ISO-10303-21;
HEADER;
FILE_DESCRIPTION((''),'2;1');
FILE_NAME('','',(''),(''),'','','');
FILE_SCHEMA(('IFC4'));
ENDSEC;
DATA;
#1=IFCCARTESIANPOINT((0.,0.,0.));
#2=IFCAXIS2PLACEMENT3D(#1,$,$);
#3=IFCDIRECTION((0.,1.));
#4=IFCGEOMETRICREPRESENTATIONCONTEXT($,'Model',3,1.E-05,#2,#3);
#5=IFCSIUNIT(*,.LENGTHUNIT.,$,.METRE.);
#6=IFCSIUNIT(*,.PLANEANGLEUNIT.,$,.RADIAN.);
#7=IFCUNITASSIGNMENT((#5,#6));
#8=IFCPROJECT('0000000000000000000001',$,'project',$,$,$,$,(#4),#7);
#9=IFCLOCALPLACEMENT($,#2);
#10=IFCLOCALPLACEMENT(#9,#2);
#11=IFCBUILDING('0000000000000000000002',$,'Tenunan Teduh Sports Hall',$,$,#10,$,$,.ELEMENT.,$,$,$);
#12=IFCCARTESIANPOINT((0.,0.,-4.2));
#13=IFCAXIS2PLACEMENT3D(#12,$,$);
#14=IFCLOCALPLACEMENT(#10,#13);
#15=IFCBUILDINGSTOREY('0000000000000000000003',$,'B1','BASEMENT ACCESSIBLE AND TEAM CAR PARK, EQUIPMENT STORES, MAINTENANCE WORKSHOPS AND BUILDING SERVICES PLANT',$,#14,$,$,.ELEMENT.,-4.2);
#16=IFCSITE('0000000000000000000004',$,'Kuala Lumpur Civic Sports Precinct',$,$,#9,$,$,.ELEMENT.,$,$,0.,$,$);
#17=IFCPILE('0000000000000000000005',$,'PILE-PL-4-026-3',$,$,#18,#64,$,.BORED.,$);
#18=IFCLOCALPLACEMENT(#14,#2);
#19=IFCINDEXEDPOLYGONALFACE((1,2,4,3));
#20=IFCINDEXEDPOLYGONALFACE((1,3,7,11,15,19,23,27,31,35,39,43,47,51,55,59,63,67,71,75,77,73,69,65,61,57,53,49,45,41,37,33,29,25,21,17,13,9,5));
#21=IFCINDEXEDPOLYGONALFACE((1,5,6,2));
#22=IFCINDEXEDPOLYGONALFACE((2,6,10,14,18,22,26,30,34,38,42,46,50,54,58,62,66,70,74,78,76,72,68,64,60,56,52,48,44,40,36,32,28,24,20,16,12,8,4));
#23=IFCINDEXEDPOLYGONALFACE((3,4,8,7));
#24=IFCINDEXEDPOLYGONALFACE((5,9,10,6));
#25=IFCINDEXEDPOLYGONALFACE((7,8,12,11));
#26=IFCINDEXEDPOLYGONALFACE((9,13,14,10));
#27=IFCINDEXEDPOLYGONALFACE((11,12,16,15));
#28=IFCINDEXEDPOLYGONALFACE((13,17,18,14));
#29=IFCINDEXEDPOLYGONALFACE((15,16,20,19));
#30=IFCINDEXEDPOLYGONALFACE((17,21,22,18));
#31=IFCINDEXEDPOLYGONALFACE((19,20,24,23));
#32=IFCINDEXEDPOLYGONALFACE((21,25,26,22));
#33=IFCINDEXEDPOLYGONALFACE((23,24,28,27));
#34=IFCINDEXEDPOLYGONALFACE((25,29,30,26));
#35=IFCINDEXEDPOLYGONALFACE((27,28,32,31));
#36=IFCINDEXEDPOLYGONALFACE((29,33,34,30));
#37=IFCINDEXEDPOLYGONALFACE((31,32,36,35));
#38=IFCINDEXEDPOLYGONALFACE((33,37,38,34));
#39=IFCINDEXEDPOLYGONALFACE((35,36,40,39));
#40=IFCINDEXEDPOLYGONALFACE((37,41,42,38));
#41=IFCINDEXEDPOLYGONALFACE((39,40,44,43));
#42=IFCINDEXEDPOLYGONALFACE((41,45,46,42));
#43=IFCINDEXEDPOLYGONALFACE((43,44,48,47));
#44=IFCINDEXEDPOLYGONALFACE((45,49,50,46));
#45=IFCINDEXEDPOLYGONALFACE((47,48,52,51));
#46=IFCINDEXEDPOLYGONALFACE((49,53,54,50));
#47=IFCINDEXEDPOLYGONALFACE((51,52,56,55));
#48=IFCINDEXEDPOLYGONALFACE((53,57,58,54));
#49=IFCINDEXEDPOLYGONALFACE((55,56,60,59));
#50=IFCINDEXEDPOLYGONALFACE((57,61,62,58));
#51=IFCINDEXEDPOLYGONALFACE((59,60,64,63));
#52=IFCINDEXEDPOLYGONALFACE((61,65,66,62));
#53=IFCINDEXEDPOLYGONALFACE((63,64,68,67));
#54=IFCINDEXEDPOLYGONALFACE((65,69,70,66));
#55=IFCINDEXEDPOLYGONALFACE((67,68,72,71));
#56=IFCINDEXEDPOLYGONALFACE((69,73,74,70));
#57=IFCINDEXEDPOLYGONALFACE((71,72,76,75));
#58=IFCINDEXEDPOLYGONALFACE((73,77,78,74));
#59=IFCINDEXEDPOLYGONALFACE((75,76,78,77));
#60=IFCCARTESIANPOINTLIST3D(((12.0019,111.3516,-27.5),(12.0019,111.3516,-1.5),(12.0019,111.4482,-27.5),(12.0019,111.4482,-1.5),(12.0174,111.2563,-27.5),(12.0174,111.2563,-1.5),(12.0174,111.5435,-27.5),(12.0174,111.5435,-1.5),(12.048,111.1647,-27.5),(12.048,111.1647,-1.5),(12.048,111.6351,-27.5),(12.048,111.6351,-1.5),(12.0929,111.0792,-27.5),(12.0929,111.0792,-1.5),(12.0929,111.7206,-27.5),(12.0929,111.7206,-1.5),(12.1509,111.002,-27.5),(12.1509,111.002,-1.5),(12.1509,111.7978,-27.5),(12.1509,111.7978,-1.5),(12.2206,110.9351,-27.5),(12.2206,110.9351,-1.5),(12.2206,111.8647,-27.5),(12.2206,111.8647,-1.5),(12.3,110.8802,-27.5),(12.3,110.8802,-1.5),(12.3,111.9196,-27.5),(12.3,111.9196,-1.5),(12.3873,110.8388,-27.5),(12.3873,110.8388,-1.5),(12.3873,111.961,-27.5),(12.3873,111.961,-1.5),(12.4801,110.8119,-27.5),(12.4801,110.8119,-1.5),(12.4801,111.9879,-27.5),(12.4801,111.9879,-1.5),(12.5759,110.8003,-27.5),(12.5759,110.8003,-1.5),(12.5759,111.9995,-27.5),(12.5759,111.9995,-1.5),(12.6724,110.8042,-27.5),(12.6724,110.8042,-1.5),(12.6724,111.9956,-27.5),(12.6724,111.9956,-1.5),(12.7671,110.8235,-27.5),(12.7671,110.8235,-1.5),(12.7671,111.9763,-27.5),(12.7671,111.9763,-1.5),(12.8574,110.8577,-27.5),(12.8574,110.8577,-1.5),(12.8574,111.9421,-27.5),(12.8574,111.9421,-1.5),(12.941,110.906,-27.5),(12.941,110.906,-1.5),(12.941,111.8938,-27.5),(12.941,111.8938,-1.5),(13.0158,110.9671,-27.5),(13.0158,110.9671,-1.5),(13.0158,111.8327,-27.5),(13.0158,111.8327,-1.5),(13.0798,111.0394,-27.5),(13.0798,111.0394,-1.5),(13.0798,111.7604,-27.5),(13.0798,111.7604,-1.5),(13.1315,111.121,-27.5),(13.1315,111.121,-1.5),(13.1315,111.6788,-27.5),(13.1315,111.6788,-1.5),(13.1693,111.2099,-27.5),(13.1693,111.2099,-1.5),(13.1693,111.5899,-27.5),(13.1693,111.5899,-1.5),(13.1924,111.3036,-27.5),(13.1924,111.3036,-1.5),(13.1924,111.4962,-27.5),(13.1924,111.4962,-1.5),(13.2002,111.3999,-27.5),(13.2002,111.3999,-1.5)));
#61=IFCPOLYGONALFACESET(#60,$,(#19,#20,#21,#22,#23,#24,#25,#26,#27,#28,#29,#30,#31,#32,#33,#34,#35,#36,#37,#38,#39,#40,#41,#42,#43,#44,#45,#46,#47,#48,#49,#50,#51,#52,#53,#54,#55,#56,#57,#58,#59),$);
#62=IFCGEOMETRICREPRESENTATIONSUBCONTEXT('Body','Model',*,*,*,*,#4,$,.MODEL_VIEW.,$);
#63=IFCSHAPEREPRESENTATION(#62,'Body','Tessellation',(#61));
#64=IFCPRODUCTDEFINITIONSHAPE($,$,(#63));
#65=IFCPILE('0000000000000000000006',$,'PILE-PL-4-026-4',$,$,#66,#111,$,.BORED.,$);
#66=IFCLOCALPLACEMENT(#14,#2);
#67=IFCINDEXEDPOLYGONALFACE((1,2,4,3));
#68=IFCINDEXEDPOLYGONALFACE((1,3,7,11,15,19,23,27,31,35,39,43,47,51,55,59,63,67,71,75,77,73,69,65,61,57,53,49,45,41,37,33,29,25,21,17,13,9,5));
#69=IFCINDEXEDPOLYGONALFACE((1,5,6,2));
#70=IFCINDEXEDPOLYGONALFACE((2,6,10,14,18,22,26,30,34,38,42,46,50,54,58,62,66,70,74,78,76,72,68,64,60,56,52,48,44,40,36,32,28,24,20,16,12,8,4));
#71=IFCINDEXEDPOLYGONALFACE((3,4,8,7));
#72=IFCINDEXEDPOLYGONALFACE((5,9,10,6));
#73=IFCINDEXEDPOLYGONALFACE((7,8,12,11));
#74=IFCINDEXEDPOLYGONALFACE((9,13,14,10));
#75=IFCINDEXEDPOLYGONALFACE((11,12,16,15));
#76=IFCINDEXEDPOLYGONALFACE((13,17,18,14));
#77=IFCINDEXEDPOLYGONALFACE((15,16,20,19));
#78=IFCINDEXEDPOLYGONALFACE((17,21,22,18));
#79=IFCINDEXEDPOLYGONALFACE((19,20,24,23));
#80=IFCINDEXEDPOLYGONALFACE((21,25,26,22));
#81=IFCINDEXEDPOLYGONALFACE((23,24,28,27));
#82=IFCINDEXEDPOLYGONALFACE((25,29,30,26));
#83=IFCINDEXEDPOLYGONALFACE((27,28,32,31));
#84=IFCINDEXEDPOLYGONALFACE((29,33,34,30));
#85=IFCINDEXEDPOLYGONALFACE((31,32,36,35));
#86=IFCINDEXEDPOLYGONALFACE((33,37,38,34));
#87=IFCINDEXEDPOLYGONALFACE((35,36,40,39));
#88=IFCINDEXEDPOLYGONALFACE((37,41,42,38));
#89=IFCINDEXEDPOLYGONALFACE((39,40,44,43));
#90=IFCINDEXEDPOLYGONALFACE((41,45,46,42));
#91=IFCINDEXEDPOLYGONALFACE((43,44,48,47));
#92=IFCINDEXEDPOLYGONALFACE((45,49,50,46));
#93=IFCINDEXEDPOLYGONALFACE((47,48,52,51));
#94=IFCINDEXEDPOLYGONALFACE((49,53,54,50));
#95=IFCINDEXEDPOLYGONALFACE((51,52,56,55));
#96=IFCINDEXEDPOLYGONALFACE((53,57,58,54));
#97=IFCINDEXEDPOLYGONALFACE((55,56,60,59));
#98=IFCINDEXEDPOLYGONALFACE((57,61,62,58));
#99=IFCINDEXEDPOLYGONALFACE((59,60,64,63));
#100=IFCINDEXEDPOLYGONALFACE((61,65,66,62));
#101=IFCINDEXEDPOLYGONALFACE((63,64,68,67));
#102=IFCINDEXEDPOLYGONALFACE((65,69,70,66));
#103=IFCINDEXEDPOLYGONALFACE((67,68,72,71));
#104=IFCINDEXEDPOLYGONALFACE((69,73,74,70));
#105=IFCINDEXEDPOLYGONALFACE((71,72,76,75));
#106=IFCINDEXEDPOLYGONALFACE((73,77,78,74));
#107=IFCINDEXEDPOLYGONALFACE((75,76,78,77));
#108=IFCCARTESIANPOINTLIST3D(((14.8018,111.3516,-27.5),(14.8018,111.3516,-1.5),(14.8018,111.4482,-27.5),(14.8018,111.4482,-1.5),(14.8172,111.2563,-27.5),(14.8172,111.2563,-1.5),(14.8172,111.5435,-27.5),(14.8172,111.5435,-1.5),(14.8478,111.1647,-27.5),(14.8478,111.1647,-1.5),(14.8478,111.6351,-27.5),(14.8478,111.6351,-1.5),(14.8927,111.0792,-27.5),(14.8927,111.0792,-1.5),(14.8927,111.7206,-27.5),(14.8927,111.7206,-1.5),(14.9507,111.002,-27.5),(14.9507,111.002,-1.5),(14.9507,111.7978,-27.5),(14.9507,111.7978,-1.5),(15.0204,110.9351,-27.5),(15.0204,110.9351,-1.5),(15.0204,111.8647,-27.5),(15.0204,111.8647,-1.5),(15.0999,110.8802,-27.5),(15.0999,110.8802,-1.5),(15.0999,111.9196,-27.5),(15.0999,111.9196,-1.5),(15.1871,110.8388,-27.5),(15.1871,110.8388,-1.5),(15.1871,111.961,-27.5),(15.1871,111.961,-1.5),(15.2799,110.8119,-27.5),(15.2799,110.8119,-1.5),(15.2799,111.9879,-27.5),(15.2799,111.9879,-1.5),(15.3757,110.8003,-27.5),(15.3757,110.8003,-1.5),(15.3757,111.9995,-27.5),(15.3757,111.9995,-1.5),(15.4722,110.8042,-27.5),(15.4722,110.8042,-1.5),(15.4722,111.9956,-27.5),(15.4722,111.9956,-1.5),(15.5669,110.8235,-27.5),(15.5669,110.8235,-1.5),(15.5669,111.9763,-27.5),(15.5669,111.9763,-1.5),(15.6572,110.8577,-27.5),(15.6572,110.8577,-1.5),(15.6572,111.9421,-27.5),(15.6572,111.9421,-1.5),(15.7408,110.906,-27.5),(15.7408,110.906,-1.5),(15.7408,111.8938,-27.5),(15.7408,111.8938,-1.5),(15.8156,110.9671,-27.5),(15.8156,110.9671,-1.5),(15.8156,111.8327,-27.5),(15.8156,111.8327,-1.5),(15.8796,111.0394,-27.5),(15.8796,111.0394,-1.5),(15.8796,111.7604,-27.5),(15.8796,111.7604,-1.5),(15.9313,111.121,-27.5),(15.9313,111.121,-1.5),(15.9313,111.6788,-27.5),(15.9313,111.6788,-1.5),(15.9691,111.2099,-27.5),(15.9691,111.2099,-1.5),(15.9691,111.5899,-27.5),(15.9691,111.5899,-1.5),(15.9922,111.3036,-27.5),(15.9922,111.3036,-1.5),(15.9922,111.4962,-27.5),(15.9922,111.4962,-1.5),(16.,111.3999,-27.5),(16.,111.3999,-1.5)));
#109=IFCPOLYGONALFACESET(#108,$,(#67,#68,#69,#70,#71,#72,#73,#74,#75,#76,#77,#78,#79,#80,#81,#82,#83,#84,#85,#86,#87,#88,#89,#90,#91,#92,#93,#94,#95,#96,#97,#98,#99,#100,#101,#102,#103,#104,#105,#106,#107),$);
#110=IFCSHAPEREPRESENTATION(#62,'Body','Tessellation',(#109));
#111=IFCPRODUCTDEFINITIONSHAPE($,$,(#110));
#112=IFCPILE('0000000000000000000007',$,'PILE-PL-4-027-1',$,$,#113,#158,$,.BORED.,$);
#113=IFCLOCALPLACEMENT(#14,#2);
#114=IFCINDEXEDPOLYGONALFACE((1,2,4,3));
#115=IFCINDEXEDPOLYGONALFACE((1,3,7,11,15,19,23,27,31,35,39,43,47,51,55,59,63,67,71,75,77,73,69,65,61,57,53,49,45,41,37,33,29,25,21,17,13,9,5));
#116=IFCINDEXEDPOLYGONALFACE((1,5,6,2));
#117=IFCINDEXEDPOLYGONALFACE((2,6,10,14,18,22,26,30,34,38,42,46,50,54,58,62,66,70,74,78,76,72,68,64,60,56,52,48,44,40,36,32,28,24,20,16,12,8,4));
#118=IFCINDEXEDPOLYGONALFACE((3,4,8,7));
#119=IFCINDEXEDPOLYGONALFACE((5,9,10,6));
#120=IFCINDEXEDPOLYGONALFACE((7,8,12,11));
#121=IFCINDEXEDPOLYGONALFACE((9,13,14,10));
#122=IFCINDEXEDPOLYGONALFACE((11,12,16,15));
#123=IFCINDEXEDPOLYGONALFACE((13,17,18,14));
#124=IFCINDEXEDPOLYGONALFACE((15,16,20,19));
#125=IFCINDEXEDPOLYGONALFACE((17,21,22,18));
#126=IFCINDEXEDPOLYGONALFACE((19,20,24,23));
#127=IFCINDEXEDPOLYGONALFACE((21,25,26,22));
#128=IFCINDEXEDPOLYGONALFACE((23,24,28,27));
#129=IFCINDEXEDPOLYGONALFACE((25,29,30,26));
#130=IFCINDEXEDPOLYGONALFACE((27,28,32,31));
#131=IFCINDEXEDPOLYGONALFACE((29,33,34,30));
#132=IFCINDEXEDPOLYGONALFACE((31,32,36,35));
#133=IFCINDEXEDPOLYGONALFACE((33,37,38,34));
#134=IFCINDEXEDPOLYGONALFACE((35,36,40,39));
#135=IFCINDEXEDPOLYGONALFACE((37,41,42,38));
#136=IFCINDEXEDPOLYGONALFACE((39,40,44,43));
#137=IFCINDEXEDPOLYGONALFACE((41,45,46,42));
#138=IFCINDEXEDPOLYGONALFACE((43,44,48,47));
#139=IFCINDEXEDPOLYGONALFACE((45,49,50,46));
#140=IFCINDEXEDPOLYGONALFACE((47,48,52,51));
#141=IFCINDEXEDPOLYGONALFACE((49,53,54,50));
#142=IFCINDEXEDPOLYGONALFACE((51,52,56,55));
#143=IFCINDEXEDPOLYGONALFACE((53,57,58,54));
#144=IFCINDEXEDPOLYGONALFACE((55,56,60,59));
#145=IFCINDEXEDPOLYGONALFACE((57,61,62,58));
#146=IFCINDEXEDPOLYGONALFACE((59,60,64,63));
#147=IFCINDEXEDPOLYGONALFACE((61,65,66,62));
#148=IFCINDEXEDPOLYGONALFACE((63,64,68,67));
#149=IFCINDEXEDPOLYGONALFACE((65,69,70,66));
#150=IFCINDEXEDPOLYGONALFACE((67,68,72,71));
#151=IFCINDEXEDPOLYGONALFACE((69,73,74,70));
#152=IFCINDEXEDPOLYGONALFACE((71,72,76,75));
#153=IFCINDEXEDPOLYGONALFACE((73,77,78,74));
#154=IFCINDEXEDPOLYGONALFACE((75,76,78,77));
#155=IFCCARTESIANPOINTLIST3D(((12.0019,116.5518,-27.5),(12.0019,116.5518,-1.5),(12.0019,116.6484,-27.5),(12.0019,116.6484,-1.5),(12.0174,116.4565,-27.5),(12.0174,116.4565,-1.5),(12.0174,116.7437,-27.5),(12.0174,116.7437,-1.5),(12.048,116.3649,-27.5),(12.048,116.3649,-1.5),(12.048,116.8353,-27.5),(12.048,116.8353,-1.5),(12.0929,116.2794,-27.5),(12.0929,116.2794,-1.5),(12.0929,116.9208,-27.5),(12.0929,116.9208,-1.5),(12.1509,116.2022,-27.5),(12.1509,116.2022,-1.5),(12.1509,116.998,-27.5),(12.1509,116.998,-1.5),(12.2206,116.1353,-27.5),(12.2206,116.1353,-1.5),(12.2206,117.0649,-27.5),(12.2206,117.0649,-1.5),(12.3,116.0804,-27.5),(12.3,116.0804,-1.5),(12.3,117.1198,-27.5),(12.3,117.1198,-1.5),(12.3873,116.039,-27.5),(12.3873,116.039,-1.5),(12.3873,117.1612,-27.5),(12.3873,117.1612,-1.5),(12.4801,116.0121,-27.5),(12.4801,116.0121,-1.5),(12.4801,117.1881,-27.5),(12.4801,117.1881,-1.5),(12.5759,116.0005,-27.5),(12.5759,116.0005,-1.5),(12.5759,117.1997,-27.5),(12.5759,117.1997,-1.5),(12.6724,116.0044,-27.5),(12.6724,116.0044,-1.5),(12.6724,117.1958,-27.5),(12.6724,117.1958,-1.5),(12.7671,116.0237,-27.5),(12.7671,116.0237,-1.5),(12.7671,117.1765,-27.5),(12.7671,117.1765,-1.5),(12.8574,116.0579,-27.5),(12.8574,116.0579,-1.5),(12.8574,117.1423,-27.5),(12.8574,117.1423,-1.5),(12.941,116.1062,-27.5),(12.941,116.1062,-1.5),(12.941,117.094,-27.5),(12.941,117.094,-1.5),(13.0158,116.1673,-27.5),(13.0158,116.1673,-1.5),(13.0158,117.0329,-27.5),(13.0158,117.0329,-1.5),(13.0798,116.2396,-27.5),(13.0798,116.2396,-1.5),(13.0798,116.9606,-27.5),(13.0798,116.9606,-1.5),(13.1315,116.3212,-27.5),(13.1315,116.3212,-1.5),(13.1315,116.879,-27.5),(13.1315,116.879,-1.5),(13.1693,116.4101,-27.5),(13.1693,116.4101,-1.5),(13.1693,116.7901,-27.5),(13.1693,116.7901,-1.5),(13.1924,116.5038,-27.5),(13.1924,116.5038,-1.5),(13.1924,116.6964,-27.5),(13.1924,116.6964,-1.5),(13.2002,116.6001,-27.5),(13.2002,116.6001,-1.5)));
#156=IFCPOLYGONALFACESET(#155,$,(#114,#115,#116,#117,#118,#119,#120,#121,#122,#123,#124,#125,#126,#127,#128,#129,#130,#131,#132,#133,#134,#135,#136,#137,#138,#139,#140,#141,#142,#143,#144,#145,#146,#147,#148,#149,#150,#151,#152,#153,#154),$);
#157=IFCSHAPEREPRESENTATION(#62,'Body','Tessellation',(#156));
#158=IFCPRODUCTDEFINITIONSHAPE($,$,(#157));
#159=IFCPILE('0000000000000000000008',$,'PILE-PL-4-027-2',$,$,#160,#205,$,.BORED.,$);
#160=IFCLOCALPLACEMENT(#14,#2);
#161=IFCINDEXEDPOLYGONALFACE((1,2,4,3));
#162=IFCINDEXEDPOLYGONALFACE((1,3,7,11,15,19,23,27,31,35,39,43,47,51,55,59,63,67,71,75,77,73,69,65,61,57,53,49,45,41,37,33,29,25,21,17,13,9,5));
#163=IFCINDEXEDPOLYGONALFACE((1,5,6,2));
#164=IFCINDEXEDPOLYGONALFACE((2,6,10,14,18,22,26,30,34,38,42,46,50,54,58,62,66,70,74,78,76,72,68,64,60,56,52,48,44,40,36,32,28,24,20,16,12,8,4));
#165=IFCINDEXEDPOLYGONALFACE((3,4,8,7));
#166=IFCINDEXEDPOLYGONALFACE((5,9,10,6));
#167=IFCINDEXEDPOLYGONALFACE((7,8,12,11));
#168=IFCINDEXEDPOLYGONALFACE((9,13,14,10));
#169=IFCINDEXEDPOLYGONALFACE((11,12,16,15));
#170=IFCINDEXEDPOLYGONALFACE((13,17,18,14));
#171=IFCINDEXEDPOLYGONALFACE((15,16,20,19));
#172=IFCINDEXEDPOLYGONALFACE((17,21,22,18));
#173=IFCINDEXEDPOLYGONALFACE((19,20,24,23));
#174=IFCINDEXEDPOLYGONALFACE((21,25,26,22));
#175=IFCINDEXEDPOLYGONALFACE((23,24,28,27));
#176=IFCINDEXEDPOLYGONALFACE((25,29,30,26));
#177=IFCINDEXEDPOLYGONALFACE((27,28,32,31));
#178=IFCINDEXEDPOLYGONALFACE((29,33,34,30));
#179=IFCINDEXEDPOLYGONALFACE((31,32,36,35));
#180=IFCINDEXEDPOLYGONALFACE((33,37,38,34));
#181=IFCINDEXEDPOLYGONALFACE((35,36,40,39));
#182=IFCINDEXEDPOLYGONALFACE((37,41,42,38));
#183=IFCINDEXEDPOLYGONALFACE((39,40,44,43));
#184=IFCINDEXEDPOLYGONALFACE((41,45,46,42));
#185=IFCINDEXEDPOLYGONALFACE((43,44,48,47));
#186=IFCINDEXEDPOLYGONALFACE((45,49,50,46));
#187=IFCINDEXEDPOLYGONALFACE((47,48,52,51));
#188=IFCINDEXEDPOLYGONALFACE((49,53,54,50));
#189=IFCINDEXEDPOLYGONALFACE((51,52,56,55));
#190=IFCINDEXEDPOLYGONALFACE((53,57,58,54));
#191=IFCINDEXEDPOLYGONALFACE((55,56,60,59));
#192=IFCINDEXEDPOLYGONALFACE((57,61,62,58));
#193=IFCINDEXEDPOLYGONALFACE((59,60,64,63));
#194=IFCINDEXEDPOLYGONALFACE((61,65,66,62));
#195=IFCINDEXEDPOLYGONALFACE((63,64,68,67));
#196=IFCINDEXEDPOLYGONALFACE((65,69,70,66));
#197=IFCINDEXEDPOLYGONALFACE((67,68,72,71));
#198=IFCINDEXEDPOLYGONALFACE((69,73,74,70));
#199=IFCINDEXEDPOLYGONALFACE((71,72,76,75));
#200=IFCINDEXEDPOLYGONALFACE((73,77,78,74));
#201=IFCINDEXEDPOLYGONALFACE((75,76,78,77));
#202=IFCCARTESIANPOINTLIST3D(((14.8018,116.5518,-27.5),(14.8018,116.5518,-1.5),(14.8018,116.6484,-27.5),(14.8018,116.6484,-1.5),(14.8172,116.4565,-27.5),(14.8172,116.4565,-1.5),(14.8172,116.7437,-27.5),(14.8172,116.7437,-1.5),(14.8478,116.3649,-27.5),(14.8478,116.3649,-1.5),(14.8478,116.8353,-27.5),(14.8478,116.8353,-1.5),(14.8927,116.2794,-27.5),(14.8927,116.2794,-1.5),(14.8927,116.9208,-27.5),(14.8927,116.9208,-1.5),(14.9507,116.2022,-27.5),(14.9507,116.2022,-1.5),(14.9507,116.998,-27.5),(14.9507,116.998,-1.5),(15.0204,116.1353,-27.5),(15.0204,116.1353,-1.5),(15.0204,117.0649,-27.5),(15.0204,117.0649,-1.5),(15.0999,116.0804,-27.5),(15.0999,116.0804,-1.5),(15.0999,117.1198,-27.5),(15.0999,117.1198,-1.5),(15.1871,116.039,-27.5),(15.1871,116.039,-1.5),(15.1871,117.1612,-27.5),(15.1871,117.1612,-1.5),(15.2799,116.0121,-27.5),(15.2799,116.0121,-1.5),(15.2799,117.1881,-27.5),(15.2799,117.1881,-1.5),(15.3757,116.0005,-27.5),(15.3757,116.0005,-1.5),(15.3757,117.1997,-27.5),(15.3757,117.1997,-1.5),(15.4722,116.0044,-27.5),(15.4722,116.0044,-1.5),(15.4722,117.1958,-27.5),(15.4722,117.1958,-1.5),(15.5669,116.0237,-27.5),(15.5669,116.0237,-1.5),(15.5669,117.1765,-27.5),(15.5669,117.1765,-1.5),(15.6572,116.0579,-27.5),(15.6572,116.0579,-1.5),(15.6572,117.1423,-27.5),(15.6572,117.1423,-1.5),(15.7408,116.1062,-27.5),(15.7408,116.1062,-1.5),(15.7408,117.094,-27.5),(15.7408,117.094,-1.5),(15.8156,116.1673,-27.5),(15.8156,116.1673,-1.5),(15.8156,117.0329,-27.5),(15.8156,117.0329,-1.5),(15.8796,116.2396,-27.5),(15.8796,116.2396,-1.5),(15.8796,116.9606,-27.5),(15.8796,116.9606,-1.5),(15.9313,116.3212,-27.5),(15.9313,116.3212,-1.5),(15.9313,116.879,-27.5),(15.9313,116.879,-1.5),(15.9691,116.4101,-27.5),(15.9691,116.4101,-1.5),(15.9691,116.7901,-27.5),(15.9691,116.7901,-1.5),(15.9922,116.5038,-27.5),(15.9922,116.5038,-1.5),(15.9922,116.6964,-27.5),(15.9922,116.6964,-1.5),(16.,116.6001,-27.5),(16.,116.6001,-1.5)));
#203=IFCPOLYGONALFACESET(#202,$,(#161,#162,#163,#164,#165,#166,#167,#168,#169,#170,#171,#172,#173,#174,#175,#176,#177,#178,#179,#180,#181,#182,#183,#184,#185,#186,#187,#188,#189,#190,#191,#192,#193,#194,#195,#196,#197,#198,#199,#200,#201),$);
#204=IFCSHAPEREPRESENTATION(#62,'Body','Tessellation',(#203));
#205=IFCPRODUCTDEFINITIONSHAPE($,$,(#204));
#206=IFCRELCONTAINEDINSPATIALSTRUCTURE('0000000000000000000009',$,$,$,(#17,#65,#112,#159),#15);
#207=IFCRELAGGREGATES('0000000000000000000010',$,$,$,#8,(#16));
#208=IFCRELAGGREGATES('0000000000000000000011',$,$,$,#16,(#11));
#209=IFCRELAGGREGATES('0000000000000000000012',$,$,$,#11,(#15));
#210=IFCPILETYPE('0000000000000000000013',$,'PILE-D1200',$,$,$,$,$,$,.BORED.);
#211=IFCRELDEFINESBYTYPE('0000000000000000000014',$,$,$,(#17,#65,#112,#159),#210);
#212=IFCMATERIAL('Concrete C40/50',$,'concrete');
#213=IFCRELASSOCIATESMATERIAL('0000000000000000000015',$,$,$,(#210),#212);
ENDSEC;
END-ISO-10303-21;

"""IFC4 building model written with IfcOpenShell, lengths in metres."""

from ifc_helpers import new_model, si_unit, direction, frame, origin, origin_2d, place, context, subcontext, project, spatial, circle, extrude, material, material_profile, profile_set, type_object, element, save


model = new_model("IFC4")

# Units and contexts
model_context = context("Model", 3, precision=1e-05, world=origin(), true_north=direction((0.0, 1.0)))
body_context = subcontext(model_context, "Body", "Model", "MODEL_VIEW")
ifc_project = project(units=[si_unit("LENGTHUNIT", "METRE"), si_unit("PLANEANGLEUNIT", "RADIAN")], contexts=[model_context])

# Site, building, storey
site_placement = place(None, origin())
site = spatial("IfcSite", under=ifc_project, at=site_placement, Name="Kuala Lumpur Civic Sports Precinct", CompositionType="ELEMENT", RefElevation=0.0)
building_placement = place(site_placement, origin())
building = spatial("IfcBuilding", under=site, at=building_placement, Name="Tenunan Teduh Sports Hall", CompositionType="ELEMENT")
storey_placement = place(building_placement, frame((0.0, 0.0, -4.2)))
storey = spatial("IfcBuildingStorey", under=building, at=storey_placement, Name="B1", Description="BASEMENT ACCESSIBLE AND TEAM CAR PARK, EQUIPMENT STORES, MAINTENANCE WORKSHOPS AND BUILDING SERVICES PLANT", CompositionType="ELEMENT", Elevation=-4.2)

# Piles
ifc_material_1 = material(Name="Concrete C40/50", Category="concrete")
ifc_material_profile_1 = material_profile(ifc_material_1, circle(Radius=0.6001, at=origin_2d()), Name="PILE D1200")
ifc_profile_set_1 = profile_set([ifc_material_profile_1], Name="Concrete C40/50")
pile_type = type_object("IfcPileType", Name="PILE-D1200", PredefinedType="BORED", material=ifc_profile_set_1)
for number, where, z_axis, x_axis, name in (
    (1, (12.6001, 111.3999, -1.5), (0.0, 0.0, -1.0), (1.0, 0.0, 0.0), "PILE-PL-4-026-3"),
    (2, (15.3999, 111.3999, -1.5), (0.0, 0.0, -1.0), (1.0, 0.0, 0.0), "PILE-PL-4-026-4"),
    (3, (12.6001, 116.6001, -1.5), (0.0, 0.0, -1.0), (1.0, 0.0, 0.0), "PILE-PL-4-027-1"),
    (4, (15.3999, 116.6001, -1.5), (0.0, 0.0, -1.0), (1.0, 0.0, 0.0), "PILE-PL-4-027-2"),
):
    element("IfcPile", number, at=place(storey_placement, frame(where, z_axis=z_axis, x_axis=x_axis)), inside=storey, type_object=pile_type, Name=name, PredefinedType="BORED", context=body_context, shape_type="SweptSolid", body=[
        extrude(circle(Radius=0.6001, at=origin_2d()), origin(), (0.0, 0.0, 1.0), 26.0),
    ])

save(model, "model.ifc")
